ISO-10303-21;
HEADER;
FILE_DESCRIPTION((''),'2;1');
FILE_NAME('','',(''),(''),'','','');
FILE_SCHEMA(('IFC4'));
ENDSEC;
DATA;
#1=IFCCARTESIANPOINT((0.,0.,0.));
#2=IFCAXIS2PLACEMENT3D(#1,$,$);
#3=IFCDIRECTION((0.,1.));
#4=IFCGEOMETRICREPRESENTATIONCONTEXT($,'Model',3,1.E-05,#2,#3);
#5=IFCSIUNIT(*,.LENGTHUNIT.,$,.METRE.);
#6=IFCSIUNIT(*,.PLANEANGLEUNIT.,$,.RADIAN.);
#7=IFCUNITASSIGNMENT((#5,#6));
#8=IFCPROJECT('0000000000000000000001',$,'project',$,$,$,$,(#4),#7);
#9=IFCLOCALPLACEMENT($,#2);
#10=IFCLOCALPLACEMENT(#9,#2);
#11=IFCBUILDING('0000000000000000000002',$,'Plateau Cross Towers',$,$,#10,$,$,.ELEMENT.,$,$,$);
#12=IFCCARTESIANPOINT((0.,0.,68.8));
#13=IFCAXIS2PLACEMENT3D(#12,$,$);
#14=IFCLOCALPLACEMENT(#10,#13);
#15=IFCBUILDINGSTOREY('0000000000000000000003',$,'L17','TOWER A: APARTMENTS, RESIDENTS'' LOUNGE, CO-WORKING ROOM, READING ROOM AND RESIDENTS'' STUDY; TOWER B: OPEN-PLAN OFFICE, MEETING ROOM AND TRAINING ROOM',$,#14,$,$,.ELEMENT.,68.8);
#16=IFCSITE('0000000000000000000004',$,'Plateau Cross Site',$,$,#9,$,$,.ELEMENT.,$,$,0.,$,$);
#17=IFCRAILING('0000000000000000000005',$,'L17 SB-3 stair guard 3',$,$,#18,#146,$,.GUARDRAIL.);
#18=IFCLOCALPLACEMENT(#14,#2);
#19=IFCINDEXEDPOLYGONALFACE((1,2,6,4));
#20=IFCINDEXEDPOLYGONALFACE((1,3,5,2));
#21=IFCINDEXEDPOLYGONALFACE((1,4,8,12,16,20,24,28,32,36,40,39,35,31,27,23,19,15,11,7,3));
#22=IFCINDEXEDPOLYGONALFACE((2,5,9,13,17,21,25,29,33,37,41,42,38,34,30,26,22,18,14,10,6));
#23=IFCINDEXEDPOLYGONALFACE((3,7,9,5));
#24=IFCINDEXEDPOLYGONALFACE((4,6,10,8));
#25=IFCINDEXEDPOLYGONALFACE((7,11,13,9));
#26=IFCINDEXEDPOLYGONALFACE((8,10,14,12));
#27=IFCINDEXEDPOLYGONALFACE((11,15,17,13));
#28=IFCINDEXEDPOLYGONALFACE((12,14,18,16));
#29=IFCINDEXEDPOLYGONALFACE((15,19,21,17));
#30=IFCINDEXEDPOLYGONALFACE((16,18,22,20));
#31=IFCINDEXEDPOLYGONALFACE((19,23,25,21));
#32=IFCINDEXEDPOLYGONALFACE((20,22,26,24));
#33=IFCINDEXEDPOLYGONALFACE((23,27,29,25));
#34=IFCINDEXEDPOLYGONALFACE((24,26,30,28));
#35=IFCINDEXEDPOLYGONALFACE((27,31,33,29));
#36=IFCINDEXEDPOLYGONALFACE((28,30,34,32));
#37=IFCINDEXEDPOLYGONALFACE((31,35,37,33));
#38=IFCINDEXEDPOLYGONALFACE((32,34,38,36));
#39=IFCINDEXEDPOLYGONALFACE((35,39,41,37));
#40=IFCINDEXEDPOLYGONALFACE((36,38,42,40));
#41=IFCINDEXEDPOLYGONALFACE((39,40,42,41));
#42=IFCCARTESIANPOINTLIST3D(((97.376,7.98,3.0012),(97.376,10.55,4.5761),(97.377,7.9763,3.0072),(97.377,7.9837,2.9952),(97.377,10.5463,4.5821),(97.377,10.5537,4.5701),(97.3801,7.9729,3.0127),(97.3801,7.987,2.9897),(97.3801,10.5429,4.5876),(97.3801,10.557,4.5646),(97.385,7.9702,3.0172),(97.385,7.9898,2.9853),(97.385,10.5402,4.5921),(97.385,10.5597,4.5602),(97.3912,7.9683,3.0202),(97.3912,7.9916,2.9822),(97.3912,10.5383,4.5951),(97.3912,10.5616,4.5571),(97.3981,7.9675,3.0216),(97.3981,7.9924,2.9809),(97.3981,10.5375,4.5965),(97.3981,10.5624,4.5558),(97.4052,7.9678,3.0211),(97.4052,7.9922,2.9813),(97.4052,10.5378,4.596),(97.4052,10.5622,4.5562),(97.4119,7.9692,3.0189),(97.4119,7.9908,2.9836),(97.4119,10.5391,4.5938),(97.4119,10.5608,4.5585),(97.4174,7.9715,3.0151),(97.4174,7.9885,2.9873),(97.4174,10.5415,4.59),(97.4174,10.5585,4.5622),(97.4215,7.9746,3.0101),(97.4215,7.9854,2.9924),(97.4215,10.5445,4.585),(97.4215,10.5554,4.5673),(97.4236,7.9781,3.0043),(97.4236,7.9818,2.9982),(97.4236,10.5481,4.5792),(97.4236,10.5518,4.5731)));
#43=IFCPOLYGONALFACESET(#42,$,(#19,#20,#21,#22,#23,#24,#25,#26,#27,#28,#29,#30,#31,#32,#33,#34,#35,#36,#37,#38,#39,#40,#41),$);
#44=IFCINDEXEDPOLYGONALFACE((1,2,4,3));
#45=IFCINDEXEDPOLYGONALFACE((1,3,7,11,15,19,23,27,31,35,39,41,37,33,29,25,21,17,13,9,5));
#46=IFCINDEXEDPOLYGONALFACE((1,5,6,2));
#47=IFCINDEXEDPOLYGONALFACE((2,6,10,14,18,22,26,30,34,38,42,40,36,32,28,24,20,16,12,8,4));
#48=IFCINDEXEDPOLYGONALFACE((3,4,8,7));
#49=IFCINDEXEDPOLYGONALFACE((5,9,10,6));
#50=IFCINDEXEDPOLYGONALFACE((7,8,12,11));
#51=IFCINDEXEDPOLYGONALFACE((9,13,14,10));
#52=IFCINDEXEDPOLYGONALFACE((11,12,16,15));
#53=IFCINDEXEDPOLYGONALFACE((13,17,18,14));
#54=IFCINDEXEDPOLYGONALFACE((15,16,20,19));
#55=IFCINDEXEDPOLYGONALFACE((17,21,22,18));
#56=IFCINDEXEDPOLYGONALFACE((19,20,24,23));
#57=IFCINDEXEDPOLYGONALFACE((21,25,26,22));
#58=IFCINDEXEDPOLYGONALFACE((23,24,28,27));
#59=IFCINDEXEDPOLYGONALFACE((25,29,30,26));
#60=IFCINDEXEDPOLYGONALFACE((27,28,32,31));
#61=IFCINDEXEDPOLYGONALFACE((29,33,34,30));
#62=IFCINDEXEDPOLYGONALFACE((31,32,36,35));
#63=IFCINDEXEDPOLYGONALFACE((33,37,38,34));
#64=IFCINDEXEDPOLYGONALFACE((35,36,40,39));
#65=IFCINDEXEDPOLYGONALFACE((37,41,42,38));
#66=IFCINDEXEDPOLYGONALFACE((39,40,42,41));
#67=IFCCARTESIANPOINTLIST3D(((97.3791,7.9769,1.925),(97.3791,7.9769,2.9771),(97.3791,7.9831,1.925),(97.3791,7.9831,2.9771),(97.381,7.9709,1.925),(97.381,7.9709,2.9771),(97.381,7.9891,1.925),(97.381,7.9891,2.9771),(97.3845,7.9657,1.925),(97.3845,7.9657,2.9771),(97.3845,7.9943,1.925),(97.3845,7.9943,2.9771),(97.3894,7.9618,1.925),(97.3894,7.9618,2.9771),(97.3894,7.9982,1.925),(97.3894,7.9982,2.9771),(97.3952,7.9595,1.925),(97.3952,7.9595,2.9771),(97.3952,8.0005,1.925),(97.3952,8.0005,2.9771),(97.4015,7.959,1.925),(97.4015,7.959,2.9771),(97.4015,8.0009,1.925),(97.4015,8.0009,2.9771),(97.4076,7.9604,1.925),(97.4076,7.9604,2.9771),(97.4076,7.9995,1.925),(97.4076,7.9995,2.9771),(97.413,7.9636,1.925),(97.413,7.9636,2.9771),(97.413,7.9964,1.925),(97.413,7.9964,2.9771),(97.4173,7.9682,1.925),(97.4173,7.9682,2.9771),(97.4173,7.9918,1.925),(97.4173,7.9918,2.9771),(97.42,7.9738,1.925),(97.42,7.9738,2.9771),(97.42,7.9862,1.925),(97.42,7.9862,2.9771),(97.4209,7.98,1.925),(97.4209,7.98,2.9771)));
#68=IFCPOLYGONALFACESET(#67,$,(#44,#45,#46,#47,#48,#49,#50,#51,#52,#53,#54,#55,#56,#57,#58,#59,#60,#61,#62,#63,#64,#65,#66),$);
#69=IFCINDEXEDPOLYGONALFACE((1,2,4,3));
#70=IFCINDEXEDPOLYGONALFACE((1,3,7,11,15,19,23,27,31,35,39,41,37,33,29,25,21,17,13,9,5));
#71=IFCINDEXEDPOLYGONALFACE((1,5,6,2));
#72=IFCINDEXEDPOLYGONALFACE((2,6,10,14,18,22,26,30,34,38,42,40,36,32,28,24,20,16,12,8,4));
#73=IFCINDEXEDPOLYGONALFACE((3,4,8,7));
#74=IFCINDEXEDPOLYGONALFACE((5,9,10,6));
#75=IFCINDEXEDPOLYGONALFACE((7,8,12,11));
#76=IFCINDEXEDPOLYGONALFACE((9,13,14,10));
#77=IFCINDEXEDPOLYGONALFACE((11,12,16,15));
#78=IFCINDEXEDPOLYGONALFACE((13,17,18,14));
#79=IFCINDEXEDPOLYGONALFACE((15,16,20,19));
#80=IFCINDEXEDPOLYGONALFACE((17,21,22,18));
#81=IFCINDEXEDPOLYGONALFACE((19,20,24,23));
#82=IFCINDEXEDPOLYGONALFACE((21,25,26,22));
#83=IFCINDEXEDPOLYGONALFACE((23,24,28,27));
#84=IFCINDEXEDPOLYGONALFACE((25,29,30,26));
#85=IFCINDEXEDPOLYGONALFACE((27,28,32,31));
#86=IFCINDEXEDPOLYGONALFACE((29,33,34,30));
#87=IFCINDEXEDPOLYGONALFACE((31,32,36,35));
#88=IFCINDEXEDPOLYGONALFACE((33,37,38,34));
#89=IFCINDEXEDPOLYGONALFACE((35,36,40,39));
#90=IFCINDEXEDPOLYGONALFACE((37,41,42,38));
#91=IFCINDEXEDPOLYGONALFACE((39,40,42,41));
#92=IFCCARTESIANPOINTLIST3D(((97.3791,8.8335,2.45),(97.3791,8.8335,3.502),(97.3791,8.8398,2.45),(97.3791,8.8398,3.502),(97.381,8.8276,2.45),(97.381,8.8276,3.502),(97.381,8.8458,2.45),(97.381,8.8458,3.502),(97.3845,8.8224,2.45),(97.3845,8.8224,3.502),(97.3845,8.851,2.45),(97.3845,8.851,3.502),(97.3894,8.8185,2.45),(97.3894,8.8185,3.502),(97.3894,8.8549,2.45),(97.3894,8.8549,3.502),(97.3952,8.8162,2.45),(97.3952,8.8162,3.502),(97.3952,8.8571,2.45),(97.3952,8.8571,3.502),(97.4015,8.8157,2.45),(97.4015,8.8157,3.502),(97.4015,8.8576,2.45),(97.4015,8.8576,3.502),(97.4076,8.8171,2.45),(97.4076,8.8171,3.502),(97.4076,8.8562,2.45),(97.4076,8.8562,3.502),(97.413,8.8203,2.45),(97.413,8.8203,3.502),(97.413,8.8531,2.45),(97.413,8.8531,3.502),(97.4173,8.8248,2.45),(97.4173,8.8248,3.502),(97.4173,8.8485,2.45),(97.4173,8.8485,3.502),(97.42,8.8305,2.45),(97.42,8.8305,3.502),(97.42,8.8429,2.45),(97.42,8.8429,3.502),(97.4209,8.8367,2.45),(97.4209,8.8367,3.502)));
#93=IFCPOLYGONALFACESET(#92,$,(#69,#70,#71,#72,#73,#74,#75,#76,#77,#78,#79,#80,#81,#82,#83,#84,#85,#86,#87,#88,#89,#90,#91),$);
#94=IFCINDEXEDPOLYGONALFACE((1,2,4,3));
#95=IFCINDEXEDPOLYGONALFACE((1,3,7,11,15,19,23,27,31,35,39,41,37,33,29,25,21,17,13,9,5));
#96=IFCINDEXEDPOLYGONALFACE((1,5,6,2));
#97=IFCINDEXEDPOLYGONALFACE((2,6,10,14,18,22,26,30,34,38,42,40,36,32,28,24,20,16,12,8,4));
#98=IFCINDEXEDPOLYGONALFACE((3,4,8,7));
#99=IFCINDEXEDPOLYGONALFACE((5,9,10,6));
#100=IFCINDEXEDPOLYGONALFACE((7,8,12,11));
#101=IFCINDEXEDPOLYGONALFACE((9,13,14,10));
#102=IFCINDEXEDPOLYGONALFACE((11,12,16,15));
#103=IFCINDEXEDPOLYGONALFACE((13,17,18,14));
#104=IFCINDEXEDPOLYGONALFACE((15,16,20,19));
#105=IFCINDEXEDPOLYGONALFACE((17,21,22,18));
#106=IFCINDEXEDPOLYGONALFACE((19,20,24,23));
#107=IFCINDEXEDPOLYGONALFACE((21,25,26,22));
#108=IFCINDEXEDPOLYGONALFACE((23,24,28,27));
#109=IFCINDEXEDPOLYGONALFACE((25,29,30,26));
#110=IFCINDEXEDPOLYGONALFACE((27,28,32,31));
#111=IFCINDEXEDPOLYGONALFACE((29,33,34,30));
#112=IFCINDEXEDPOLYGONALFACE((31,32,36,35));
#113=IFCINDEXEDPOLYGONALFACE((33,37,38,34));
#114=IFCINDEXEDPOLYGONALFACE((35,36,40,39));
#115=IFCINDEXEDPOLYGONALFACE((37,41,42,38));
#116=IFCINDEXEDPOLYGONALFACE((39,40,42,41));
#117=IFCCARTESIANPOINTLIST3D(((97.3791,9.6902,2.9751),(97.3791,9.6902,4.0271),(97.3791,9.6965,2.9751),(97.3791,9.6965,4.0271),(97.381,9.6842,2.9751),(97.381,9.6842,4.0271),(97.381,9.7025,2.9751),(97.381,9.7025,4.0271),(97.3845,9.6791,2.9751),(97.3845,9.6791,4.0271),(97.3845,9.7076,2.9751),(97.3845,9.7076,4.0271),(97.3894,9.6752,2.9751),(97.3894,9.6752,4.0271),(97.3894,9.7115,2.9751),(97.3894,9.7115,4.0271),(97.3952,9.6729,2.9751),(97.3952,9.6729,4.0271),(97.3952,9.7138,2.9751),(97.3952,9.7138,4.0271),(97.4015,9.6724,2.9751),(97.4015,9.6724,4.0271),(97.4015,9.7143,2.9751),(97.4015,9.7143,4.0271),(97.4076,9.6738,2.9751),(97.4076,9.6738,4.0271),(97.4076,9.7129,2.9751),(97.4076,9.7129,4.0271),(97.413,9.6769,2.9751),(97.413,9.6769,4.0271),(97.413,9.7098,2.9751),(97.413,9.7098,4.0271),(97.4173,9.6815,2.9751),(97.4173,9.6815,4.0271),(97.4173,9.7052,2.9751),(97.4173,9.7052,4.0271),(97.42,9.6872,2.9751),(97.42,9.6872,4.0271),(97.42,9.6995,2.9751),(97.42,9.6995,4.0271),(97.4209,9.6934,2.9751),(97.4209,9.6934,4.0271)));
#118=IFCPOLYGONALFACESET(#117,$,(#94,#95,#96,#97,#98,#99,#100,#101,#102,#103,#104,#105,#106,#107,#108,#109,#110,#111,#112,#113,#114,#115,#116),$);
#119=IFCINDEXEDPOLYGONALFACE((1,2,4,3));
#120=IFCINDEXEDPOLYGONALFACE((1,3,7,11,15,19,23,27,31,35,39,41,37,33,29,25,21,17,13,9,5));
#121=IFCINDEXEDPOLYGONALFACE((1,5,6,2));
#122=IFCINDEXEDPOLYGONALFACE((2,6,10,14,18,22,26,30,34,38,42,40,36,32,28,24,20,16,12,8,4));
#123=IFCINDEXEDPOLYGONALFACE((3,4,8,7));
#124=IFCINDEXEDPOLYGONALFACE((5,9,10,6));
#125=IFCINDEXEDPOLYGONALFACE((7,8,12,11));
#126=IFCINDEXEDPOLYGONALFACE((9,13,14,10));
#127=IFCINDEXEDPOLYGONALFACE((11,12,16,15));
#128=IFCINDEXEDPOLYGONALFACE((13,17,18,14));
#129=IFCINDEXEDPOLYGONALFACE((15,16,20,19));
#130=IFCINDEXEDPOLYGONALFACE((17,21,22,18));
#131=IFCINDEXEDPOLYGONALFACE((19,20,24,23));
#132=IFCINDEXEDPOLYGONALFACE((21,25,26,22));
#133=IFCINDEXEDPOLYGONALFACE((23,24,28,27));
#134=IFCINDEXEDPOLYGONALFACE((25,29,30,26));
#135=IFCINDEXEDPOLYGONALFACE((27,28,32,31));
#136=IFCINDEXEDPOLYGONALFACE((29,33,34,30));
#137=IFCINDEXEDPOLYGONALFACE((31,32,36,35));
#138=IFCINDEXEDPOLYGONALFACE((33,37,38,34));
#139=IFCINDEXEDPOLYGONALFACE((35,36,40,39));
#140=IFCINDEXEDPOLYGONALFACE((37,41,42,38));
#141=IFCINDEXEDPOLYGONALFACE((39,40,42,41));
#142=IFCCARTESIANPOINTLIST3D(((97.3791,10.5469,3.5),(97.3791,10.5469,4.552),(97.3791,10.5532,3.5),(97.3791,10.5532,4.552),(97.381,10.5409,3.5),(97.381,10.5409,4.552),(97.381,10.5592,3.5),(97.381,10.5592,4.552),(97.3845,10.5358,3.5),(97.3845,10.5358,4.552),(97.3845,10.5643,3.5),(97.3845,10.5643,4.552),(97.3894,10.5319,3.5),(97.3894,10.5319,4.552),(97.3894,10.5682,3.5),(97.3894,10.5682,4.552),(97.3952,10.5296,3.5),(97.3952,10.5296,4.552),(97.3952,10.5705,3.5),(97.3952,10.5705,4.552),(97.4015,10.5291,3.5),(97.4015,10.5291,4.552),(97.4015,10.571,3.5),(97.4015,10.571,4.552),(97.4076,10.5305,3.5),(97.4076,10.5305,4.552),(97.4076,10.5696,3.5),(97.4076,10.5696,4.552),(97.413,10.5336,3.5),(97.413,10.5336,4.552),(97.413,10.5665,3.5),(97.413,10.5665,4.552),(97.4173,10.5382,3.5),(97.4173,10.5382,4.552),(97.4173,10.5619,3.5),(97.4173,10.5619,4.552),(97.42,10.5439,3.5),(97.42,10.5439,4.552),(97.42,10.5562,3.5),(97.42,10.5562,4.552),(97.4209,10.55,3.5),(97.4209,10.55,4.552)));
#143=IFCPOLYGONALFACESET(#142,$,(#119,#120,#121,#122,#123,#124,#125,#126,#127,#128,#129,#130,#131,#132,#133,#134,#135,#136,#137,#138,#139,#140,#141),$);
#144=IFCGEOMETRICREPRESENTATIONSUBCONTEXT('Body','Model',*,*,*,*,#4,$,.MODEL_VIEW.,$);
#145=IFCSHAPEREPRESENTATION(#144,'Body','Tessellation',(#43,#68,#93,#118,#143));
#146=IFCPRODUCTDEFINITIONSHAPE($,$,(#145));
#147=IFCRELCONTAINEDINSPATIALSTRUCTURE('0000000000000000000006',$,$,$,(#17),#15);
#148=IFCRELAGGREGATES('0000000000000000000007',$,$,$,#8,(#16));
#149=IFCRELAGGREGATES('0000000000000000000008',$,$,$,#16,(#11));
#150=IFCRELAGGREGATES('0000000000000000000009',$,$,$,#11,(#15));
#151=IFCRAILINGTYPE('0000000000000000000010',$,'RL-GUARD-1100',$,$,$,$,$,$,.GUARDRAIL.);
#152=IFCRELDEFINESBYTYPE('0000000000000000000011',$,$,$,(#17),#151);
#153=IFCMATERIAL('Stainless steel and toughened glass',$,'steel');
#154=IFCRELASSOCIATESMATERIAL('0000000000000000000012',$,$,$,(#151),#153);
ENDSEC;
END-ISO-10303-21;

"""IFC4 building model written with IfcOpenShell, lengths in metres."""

from ifc_helpers import new_model, si_unit, direction, frame, origin, origin_2d, place, context, subcontext, project, spatial, circle, extrude, material, type_object, element, save


model = new_model("IFC4")

# Units and contexts
model_context = context("Model", 3, precision=1e-05, world=origin(), true_north=direction((0.0, 1.0)))
body_context = subcontext(model_context, "Body", "Model", "MODEL_VIEW")
ifc_project = project(units=[si_unit("LENGTHUNIT", "METRE"), si_unit("PLANEANGLEUNIT", "RADIAN")], contexts=[model_context])

# Site, building, storey
site_placement = place(None, origin())
site = spatial("IfcSite", under=ifc_project, at=site_placement, Name="Plateau Cross Site", CompositionType="ELEMENT", RefElevation=0.0)
building_placement = place(site_placement, origin())
building = spatial("IfcBuilding", under=site, at=building_placement, Name="Plateau Cross Towers", CompositionType="ELEMENT")
storey_placement = place(building_placement, frame((0.0, 0.0, 68.8)))
storey = spatial("IfcBuildingStorey", under=building, at=storey_placement, Name="L17", Description="TOWER A: APARTMENTS, RESIDENTS' LOUNGE, CO-WORKING ROOM, READING ROOM AND RESIDENTS' STUDY; TOWER B: OPEN-PLAN OFFICE, MEETING ROOM AND TRAINING ROOM", CompositionType="ELEMENT", Elevation=68.8)

# Railing
ifc_material_1 = material(Name="Stainless steel and toughened glass", Category="steel")
railing_type_1 = type_object("IfcRailingType", Name="RL-GUARD-1100", PredefinedType="GUARDRAIL", material=ifc_material_1)
railing_1_placement = place(storey_placement, frame((97.3999, 7.98, 1.925)))
element("IfcRailing", 1, at=railing_1_placement, inside=storey, type_object=railing_type_1, Name="L17 SB-3 stair guard 3", PredefinedType="GUARDRAIL", context=body_context, shape_type="SweptSolid", body=[
    extrude(circle(Radius=0.0239, at=origin_2d()), frame((0.0, 0.0, 1.0762), z_axis=(0.0, 0.852639, 0.522501), x_axis=(-1.0, 0.0, 0.0)), (0.0, 0.0, 1.0), 3.0142),
    extrude(circle(Radius=0.021, at=origin_2d()), origin(), (0.0, 0.0, 1.0), 1.052),
    extrude(circle(Radius=0.021, at=origin_2d()), frame((0.0, 0.8567, 0.5249)), (0.0, 0.0, 1.0), 1.052),
    extrude(circle(Radius=0.021, at=origin_2d()), frame((0.0, 1.7134, 1.05)), (0.0, 0.0, 1.0), 1.052),
    extrude(circle(Radius=0.021, at=origin_2d()), frame((0.0, 2.5701, 1.575)), (0.0, 0.0, 1.0), 1.052),
])

save(model, "model.ifc")
